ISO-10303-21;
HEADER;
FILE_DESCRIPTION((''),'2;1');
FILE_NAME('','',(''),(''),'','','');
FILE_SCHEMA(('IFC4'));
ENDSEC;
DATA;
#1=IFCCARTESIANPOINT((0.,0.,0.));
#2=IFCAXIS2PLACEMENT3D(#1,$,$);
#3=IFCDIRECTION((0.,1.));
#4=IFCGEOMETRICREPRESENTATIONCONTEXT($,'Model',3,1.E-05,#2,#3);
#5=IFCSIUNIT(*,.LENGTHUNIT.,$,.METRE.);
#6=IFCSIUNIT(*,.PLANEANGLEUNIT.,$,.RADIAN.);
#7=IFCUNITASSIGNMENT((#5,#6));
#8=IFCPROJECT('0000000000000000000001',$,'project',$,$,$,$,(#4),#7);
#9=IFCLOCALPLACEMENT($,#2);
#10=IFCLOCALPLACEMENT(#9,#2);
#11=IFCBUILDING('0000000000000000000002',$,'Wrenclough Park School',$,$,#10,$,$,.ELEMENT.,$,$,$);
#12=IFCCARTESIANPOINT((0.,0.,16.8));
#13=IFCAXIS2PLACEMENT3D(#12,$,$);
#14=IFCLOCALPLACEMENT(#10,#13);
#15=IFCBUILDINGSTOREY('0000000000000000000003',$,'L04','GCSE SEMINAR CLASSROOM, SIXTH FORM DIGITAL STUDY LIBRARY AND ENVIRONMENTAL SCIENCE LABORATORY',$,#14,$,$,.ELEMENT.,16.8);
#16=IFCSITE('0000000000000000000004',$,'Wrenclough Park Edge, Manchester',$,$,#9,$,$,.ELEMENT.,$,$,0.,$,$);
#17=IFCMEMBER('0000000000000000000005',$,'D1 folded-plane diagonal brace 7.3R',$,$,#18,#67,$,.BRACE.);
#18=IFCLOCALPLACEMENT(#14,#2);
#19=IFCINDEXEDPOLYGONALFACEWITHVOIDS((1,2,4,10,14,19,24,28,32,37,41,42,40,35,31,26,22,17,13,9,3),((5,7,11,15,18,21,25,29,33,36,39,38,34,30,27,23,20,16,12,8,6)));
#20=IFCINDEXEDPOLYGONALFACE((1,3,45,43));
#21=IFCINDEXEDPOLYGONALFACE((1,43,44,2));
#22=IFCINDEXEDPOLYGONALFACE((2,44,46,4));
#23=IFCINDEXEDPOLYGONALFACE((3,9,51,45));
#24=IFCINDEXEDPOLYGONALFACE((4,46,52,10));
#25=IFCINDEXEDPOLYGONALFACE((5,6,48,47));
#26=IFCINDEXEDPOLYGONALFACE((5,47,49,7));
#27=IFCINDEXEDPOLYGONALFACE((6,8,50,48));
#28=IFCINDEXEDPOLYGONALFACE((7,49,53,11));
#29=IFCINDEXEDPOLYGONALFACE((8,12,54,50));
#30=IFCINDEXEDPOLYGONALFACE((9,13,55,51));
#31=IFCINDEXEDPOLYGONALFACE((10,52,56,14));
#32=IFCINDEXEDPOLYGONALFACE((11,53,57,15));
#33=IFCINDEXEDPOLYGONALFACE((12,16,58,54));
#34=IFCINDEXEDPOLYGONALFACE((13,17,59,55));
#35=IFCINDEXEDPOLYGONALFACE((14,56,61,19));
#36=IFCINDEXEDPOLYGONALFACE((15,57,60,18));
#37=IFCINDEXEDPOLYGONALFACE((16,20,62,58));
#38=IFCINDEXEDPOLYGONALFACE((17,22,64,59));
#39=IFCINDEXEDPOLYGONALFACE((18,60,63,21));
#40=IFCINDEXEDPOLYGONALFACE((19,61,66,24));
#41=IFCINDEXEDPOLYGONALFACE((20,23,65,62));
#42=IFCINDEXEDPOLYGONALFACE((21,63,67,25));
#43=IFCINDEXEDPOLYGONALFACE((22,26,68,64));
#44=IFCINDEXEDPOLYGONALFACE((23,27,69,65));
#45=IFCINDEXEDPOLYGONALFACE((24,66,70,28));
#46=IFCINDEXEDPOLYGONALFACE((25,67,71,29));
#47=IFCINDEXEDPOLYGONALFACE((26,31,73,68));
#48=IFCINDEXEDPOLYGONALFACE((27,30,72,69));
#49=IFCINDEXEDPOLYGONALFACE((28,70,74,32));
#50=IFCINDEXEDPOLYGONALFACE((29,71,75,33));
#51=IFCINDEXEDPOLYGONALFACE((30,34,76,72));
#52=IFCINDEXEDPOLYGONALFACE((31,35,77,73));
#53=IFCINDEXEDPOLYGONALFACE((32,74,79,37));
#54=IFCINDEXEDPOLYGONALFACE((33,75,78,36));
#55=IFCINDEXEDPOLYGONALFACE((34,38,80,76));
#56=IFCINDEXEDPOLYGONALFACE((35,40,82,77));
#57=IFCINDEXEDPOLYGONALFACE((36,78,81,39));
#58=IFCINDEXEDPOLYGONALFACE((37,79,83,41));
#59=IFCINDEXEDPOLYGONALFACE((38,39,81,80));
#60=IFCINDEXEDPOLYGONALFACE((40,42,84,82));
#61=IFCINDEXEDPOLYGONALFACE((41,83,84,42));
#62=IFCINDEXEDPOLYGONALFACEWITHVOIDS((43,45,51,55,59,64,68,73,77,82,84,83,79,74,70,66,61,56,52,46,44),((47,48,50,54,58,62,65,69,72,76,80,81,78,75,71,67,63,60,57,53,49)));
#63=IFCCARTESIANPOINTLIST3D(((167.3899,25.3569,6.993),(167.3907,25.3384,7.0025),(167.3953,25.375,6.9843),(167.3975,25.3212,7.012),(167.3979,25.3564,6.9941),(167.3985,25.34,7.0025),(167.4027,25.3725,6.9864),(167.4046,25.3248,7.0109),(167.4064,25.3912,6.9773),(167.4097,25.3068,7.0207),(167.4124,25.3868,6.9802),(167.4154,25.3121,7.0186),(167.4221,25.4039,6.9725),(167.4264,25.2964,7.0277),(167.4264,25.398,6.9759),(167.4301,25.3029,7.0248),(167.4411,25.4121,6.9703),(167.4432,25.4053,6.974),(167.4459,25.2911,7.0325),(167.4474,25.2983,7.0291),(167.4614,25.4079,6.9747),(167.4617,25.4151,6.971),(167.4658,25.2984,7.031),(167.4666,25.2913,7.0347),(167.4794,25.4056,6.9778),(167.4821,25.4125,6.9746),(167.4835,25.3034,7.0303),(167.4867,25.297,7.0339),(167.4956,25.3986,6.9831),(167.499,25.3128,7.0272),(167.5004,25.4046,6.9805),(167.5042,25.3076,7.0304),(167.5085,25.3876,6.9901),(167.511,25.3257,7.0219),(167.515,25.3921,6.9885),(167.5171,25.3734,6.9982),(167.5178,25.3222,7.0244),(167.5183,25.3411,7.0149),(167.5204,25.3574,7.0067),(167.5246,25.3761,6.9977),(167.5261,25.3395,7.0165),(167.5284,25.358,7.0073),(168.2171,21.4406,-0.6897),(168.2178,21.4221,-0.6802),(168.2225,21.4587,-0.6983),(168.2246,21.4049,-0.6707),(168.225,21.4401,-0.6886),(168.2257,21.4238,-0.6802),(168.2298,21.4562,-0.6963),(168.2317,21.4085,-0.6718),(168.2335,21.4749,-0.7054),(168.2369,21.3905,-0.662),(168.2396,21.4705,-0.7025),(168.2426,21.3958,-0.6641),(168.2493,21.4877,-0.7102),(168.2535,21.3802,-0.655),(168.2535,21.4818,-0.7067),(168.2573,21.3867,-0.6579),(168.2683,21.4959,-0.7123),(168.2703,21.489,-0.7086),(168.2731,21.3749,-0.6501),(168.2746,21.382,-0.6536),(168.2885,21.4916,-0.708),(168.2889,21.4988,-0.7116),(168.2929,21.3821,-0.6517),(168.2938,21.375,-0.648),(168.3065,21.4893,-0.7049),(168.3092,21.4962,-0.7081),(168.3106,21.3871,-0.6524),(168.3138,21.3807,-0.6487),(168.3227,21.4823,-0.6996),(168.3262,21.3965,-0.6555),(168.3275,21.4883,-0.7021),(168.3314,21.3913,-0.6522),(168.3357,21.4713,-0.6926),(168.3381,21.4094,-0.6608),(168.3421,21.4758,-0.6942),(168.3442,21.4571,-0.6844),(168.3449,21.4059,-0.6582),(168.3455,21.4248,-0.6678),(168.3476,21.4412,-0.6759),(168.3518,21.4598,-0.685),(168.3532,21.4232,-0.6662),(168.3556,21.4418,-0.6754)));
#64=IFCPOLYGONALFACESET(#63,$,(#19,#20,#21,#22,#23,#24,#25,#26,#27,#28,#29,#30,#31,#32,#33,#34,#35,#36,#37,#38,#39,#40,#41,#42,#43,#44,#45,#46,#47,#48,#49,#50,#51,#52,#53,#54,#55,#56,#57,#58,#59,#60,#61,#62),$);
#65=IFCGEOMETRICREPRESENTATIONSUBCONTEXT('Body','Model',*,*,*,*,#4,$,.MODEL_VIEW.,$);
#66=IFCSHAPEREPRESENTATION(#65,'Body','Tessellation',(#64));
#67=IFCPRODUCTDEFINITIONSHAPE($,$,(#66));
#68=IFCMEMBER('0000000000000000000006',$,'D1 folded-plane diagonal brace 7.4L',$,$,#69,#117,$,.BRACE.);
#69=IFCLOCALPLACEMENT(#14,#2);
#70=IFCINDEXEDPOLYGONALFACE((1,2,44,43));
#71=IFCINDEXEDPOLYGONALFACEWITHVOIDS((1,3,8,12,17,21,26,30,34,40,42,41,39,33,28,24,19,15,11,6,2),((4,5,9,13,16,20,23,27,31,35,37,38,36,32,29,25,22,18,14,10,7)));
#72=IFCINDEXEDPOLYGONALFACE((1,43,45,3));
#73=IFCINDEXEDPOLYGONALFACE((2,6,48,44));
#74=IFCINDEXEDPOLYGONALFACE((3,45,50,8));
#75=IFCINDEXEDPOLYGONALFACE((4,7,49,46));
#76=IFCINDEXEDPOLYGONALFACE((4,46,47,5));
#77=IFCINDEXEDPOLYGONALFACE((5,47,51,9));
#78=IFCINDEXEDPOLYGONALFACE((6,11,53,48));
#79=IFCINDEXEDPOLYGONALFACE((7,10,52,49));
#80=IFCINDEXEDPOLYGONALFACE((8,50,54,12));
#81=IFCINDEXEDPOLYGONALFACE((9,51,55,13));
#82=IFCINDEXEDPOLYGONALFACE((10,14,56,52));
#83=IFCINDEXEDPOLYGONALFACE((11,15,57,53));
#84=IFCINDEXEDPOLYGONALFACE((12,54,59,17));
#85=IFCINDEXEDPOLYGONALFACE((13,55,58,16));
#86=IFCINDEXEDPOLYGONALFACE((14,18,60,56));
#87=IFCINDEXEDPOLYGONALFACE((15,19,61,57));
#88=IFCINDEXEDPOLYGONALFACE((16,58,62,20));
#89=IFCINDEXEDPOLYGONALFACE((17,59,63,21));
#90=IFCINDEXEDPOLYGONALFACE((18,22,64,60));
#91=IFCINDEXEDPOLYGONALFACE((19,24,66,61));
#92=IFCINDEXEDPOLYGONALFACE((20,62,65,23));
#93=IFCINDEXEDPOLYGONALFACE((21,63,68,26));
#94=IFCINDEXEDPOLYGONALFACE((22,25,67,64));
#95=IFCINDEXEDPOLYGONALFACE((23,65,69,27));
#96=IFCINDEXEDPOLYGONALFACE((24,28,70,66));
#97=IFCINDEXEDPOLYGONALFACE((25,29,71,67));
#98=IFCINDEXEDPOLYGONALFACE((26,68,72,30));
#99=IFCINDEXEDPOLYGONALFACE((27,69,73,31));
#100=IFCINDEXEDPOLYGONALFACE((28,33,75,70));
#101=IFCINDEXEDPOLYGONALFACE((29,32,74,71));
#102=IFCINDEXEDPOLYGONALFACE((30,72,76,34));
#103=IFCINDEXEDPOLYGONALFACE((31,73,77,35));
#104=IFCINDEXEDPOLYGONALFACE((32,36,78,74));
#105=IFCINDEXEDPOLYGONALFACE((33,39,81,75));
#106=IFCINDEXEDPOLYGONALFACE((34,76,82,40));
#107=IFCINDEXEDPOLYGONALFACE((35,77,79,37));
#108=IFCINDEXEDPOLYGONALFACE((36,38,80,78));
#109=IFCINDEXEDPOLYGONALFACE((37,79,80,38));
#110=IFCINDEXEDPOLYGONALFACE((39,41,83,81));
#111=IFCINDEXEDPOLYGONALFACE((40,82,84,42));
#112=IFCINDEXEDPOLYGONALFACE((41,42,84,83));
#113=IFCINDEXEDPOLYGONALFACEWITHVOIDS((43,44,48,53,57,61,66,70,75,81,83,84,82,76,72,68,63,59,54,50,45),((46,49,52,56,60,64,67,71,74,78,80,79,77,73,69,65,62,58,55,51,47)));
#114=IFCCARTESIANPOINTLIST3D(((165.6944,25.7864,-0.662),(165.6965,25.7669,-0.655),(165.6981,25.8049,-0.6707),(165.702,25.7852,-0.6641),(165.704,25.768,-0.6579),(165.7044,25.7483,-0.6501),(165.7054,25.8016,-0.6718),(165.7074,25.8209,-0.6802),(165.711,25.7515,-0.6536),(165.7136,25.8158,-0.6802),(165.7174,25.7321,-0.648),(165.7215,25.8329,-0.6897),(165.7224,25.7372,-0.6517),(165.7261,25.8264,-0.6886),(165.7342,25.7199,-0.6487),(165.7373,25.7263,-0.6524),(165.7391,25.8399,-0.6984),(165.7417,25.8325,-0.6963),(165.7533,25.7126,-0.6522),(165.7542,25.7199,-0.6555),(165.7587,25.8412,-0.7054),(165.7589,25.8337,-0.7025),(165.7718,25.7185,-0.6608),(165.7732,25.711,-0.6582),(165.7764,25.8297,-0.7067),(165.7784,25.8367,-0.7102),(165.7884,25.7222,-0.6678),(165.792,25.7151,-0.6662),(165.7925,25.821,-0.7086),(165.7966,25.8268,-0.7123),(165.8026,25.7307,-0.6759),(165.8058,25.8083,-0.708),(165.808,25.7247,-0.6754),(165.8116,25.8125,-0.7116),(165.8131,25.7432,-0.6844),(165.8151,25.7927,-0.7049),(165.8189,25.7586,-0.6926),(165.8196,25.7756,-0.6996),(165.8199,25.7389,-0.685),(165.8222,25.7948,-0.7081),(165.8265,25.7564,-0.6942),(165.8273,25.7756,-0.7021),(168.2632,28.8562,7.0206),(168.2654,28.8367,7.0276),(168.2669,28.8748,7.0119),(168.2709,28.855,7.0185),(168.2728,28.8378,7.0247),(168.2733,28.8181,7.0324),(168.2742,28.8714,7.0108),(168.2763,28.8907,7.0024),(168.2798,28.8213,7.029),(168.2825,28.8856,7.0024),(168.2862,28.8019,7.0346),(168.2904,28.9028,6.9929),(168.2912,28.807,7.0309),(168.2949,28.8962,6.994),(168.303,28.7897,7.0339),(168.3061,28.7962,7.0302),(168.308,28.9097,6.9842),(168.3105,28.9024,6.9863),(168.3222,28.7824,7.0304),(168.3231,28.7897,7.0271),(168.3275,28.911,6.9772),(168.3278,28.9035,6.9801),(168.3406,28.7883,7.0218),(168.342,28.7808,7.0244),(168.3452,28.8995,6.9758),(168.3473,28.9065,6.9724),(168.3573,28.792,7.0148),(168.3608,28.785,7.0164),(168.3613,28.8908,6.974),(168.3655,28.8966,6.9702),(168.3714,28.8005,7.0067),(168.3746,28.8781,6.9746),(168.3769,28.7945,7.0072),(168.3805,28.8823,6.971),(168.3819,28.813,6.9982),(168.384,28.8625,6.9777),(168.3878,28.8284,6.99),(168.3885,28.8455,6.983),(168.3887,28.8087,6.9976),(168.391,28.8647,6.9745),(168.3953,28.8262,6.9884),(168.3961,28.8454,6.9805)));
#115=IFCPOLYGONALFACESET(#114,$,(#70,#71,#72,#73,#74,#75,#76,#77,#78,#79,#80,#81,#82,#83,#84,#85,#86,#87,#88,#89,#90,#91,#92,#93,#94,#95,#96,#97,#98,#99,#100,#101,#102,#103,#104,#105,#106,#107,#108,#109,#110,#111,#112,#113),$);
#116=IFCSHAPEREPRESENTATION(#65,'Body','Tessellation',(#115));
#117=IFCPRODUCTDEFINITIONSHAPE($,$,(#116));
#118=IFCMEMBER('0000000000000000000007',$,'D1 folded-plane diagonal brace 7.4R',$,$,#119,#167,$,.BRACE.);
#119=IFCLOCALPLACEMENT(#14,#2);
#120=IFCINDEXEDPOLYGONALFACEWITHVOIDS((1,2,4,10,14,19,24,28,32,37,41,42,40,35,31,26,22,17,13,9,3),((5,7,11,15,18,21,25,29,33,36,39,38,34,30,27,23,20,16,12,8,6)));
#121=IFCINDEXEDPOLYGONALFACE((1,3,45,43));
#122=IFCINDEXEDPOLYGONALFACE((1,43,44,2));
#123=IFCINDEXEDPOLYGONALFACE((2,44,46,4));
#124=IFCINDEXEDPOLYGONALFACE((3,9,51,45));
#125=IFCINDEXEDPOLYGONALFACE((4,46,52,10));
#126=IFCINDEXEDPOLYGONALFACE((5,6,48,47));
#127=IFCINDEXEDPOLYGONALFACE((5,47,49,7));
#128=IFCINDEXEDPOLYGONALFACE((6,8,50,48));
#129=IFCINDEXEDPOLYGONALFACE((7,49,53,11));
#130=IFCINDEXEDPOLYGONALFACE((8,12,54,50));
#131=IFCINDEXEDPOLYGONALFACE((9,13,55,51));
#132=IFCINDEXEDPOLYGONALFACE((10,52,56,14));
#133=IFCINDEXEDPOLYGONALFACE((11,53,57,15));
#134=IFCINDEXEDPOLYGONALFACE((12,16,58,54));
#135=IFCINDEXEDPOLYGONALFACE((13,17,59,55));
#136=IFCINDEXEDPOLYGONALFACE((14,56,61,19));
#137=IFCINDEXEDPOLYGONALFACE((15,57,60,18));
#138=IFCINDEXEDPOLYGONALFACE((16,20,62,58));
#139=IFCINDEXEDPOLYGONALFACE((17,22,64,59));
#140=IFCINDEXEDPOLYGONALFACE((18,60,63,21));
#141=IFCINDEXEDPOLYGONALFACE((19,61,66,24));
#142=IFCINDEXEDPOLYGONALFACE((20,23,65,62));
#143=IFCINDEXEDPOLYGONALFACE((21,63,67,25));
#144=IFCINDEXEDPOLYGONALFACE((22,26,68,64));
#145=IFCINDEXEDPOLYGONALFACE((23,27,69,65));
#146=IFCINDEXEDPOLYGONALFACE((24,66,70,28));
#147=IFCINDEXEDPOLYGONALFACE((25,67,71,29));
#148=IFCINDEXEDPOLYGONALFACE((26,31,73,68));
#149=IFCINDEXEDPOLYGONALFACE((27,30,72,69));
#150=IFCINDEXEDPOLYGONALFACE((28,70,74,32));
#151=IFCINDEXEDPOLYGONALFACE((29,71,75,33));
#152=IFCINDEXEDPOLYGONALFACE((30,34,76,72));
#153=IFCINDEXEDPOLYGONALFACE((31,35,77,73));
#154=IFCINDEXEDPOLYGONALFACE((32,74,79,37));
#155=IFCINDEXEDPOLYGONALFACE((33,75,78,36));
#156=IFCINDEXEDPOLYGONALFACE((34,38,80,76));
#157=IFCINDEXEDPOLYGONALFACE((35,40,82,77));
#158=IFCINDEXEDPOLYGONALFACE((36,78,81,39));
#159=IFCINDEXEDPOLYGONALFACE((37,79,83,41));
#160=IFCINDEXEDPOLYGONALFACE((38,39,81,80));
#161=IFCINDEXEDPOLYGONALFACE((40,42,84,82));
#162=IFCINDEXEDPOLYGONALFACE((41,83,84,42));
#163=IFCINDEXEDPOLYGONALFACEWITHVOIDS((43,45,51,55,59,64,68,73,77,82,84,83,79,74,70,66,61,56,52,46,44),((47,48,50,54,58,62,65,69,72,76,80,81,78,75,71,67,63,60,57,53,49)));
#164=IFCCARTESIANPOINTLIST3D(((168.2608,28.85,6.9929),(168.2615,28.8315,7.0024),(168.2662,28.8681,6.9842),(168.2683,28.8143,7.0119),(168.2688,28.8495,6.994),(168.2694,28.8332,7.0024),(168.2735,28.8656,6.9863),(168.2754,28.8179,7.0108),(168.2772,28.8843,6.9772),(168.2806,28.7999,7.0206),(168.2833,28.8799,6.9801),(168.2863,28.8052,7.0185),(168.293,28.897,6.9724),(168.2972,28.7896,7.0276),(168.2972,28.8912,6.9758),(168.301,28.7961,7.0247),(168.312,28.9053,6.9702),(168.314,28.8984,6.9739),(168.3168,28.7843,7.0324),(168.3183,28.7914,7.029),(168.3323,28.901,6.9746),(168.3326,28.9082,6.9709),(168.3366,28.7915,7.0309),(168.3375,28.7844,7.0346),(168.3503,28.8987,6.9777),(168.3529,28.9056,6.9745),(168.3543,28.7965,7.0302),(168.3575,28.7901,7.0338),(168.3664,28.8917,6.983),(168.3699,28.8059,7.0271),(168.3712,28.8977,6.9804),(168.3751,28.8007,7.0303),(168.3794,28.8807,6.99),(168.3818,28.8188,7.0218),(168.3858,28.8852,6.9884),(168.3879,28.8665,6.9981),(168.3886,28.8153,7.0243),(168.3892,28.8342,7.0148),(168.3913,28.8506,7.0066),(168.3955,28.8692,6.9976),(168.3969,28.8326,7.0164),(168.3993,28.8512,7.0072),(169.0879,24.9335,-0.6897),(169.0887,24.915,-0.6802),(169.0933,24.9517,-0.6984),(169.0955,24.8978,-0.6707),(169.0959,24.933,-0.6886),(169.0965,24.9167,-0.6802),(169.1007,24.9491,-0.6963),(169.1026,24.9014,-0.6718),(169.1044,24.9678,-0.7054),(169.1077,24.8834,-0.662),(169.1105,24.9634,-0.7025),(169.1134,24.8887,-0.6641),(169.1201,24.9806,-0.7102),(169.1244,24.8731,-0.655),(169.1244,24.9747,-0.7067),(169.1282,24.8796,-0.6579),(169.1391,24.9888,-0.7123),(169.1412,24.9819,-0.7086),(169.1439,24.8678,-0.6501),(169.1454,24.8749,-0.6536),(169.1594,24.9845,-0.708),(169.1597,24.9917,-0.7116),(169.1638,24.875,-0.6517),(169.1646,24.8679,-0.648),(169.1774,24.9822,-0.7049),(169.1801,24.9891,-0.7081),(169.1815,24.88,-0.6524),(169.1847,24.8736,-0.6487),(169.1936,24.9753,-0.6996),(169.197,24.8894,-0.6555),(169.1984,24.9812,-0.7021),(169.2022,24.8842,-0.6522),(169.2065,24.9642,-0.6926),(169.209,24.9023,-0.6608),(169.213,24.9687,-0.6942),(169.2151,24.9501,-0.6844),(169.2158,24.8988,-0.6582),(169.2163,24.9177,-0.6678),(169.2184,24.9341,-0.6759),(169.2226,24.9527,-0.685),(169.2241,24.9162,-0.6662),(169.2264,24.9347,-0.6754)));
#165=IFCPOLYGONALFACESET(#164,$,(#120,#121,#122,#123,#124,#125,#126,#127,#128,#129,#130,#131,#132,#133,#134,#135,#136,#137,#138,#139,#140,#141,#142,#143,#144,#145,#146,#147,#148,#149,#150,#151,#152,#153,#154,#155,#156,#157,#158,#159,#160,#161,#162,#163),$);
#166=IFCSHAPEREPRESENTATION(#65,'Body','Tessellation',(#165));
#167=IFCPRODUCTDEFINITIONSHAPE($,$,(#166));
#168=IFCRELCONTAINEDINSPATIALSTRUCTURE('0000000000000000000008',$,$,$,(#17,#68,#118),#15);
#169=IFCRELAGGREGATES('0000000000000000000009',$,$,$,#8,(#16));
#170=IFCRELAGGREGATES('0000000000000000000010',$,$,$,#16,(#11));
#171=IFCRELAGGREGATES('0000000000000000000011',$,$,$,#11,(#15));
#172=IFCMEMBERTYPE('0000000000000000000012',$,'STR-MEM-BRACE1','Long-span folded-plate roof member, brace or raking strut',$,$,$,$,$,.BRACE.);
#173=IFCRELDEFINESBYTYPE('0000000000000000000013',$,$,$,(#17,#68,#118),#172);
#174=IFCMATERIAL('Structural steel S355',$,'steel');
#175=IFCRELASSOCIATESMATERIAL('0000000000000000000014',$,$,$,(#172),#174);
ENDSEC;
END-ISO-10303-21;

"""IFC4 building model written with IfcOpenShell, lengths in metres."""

from ifc_helpers import new_model, si_unit, direction, frame, origin, origin_2d, place, context, subcontext, project, spatial, hollow_circle, extrude, material, material_profile, profile_set, type_object, element, save


model = new_model("IFC4")

# Units and contexts
model_context = context("Model", 3, precision=1e-05, world=origin(), true_north=direction((0.0, 1.0)))
body_context = subcontext(model_context, "Body", "Model", "MODEL_VIEW")
ifc_project = project(units=[si_unit("LENGTHUNIT", "METRE"), si_unit("PLANEANGLEUNIT", "RADIAN")], contexts=[model_context])

# Site, building, storey
site_placement = place(None, origin())
site = spatial("IfcSite", under=ifc_project, at=site_placement, Name="Wrenclough Park Edge, Manchester", CompositionType="ELEMENT", RefElevation=0.0)
building_placement = place(site_placement, origin())
building = spatial("IfcBuilding", under=site, at=building_placement, Name="Wrenclough Park School", CompositionType="ELEMENT")
storey_placement = place(building_placement, frame((0.0, 0.0, 16.8)))
storey = spatial("IfcBuildingStorey", under=building, at=storey_placement, Name="L04", Description="GCSE SEMINAR CLASSROOM, SIXTH FORM DIGITAL STUDY LIBRARY AND ENVIRONMENTAL SCIENCE LABORATORY", CompositionType="ELEMENT", Elevation=16.8)

# Shared definitions
ifc_material_1 = material(Name="Structural steel S355", Category="steel")

# Members
ifc_material_profile_1 = material_profile(ifc_material_1, hollow_circle(Radius=0.0698, WallThickness=0.0081, at=origin_2d()), Name="CHS 139.7x8.0")
ifc_profile_set_1 = profile_set([ifc_material_profile_1], Name="Structural steel S355")
member_type_1 = type_object("IfcMemberType", Name="STR-MEM-BRACE1", Description="Long-span folded-plate roof member, brace or raking strut", PredefinedType="BRACE", material=ifc_profile_set_1)
for number, where, z_axis, x_axis, name in (
    (1, (168.2861, 21.4365, -0.6802), (-0.095483, 0.452079, 0.886853), (-0.978415, -0.20665, 0.0), "D1 folded-plane diagonal brace 7.3R"),
    (2, (165.761, 25.7761, -0.6802), (0.296535, 0.354366, 0.886844), (-0.76691, 0.641755, 0.0), "D1 folded-plane diagonal brace 7.4L"),
    (3, (169.157, 24.9294, -0.6802), (-0.095482, 0.452101, 0.886842), (-0.978418, -0.206637, 0.0), "D1 folded-plane diagonal brace 7.4R"),
):
    element("IfcMember", number, at=place(storey_placement, frame(where, z_axis=z_axis, x_axis=x_axis)), inside=storey, type_object=member_type_1, Name=name, PredefinedType="BRACE", context=body_context, shape_type="SweptSolid", body=[
        extrude(hollow_circle(Radius=0.0698, WallThickness=0.0081, at=origin_2d()), origin(), (0.0, 0.0, 1.0), 8.6628),
    ])

save(model, "model.ifc")
